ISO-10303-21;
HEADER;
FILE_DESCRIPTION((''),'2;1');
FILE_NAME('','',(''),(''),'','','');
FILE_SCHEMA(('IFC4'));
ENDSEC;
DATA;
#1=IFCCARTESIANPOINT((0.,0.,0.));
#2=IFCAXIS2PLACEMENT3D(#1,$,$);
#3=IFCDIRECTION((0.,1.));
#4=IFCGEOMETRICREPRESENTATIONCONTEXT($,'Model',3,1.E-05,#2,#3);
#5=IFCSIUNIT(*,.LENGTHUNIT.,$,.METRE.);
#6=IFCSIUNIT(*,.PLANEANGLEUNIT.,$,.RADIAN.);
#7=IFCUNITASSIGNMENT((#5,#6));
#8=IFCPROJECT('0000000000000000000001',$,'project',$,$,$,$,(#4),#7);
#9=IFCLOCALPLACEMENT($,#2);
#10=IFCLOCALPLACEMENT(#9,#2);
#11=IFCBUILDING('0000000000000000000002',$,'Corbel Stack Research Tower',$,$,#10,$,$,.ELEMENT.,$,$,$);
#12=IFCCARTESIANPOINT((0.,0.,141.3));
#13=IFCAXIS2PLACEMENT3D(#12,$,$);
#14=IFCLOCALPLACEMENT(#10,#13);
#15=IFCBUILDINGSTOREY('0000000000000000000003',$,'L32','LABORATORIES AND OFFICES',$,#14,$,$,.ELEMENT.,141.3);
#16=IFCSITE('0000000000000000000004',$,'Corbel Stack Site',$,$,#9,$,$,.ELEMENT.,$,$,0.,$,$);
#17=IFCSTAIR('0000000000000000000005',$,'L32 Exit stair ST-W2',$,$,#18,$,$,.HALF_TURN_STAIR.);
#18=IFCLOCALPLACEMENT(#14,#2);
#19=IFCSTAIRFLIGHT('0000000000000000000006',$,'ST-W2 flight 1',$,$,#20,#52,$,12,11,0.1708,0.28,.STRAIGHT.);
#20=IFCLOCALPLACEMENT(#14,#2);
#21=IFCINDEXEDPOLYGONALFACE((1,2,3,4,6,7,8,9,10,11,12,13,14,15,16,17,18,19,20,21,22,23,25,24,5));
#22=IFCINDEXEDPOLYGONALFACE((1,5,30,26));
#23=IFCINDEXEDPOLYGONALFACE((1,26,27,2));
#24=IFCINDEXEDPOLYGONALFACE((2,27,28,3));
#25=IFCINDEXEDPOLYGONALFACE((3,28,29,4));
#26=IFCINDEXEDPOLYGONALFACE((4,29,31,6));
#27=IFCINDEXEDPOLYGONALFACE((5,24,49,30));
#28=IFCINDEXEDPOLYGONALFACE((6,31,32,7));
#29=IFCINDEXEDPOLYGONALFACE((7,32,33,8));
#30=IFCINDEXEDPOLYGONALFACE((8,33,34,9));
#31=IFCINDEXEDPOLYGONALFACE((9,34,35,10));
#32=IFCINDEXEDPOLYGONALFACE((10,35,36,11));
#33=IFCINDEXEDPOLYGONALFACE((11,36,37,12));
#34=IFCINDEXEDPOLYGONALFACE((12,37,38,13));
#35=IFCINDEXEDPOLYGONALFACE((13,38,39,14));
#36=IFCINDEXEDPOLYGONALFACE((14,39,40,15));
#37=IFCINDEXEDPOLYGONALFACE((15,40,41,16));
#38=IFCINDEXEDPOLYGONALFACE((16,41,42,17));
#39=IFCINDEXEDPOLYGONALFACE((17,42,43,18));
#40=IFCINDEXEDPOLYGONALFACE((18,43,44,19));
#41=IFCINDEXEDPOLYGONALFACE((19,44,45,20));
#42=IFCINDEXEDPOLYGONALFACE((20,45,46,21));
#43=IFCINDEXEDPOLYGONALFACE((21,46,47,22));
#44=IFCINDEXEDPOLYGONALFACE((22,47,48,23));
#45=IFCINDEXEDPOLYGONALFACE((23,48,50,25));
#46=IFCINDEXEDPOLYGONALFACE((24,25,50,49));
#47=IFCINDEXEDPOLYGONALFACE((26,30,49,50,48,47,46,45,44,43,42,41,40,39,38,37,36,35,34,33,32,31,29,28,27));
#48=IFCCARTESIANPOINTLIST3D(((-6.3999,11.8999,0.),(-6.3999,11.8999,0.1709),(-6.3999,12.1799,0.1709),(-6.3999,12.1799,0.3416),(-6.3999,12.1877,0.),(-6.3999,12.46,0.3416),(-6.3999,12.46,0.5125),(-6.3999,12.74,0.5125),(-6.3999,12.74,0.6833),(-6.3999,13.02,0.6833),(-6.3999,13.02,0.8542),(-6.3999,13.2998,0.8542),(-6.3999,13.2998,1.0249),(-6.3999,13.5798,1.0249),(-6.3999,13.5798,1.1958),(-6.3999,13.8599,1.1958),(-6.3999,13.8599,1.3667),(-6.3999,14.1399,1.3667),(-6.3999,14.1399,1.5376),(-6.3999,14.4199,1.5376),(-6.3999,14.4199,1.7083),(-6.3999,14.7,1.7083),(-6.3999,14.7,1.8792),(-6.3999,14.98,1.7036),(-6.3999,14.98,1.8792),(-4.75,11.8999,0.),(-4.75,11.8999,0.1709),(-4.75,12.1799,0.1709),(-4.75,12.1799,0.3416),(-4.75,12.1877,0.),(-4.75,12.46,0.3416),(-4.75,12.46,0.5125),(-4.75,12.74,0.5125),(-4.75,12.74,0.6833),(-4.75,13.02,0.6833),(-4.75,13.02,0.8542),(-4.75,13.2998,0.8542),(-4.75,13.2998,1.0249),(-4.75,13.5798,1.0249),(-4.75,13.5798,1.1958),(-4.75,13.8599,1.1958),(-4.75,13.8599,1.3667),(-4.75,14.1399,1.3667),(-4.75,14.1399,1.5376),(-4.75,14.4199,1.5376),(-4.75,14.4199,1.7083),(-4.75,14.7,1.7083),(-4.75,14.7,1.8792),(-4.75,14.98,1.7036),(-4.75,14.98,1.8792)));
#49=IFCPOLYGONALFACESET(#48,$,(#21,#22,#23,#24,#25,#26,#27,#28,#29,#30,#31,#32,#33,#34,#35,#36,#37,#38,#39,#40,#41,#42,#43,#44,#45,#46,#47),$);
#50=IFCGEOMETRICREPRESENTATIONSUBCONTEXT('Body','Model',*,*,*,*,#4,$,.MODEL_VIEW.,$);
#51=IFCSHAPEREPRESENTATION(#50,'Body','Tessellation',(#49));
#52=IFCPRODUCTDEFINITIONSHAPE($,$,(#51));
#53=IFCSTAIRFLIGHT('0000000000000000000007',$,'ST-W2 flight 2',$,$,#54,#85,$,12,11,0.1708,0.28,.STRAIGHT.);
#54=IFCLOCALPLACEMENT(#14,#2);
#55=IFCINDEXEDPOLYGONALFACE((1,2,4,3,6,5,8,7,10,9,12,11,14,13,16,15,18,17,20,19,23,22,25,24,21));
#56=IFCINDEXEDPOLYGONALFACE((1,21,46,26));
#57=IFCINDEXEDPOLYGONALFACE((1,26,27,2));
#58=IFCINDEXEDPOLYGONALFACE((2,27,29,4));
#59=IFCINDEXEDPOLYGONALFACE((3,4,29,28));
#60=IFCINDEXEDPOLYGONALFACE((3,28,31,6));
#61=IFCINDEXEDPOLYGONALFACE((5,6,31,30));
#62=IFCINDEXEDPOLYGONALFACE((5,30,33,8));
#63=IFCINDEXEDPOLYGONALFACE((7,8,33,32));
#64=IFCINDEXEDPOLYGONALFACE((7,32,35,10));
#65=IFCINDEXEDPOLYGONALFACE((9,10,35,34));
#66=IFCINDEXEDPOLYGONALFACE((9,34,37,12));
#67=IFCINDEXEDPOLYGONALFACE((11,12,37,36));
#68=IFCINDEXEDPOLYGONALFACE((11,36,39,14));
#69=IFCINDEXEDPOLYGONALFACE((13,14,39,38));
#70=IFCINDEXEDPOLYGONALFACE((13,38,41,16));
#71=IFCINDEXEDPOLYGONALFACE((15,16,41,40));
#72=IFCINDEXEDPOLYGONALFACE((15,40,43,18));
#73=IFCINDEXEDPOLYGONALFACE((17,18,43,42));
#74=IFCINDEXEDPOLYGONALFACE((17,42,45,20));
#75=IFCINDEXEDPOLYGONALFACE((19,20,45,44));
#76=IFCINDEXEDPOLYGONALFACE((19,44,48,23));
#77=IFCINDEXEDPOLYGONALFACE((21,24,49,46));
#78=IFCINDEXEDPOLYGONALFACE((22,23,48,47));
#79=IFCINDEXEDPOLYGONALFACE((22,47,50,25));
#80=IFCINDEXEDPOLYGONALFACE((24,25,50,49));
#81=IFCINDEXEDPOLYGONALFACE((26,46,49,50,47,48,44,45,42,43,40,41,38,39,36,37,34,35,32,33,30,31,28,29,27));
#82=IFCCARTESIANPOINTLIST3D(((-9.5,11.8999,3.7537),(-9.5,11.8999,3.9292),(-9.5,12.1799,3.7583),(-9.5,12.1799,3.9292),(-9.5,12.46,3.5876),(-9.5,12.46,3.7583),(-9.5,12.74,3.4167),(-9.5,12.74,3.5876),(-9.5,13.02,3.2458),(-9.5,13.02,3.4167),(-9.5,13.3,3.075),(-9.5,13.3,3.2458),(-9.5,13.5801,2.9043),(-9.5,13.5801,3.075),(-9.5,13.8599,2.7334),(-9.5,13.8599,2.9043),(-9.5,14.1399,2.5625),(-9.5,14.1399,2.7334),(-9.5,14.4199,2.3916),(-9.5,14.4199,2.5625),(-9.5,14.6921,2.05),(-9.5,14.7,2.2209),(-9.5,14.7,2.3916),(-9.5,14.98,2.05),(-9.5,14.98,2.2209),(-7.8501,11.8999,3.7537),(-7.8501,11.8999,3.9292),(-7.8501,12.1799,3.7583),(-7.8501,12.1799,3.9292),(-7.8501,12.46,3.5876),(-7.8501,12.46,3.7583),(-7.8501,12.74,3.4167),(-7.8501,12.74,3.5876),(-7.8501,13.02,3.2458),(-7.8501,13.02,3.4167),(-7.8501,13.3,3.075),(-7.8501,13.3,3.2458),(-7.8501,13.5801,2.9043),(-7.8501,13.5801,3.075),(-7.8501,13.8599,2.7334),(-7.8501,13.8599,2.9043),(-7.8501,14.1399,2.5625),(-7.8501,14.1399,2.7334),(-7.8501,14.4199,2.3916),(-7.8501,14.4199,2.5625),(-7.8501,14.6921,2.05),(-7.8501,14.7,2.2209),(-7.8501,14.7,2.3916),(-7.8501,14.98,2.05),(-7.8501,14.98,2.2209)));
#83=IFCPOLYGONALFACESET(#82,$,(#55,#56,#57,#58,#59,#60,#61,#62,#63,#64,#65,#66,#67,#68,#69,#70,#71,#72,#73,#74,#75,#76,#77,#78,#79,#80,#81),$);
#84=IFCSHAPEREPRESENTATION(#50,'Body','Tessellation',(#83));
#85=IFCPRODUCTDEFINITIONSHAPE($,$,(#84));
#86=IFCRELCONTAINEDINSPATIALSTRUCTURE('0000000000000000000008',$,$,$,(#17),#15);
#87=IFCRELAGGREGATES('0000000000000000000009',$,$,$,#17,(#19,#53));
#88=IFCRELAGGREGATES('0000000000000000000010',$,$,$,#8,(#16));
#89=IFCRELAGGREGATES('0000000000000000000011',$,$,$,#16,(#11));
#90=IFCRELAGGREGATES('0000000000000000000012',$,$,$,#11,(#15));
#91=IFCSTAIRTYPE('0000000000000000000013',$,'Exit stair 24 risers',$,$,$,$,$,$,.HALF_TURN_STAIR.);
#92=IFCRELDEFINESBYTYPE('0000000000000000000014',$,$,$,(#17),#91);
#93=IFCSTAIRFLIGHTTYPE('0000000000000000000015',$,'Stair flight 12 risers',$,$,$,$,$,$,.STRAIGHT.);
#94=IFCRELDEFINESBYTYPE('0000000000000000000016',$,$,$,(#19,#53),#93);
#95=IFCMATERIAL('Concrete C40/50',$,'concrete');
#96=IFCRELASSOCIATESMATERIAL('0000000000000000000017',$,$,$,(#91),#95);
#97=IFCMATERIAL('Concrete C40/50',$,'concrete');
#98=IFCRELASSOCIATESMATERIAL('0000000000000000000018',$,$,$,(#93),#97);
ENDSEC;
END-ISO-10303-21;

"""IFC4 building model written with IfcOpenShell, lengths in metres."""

from ifc_helpers import new_model, si_unit, direction, frame, origin, place, context, subcontext, project, spatial, polyline, outline, extrude, material, type_object, element, aggregate, save


model = new_model("IFC4")

# Units and contexts
model_context = context("Model", 3, precision=1e-05, world=origin(), true_north=direction((0.0, 1.0)))
body_context = subcontext(model_context, "Body", "Model", "MODEL_VIEW")
ifc_project = project(units=[si_unit("LENGTHUNIT", "METRE"), si_unit("PLANEANGLEUNIT", "RADIAN")], contexts=[model_context])

# Site, building, storey
site_placement = place(None, origin())
site = spatial("IfcSite", under=ifc_project, at=site_placement, Name="Corbel Stack Site", CompositionType="ELEMENT", RefElevation=0.0)
building_placement = place(site_placement, origin())
building = spatial("IfcBuilding", under=site, at=building_placement, Name="Corbel Stack Research Tower", CompositionType="ELEMENT")
storey_placement = place(building_placement, frame((0.0, 0.0, 141.3)))
storey = spatial("IfcBuildingStorey", under=building, at=storey_placement, Name="L32", Description="LABORATORIES AND OFFICES", CompositionType="ELEMENT", Elevation=141.3)

# Stair, stair flights
ifc_material_1 = material(Name="Concrete C40/50", Category="concrete")
stair_type = type_object("IfcStairType", Name="Exit stair 24 risers", PredefinedType="HALF_TURN_STAIR", material=ifc_material_1)
stair_placement = place(storey_placement, origin())
stair = element("IfcStair", 1, at=stair_placement, inside=storey, type_object=stair_type, Name="L32 Exit stair ST-W2", PredefinedType="HALF_TURN_STAIR")
ifc_material_2 = material(Name="Concrete C40/50", Category="concrete")
stair_flight_type = type_object("IfcStairFlightType", Name="Stair flight 12 risers", PredefinedType="STRAIGHT", material=ifc_material_2)
stair_flight_1_placement = place(storey_placement, frame((-5.575, 11.8999, 0.0), z_axis=(0.0, 0.0, 1.0), x_axis=(0.0, 1.0, 0.0)))
stair_flight_1 = element("IfcStairFlight", 2, at=stair_flight_1_placement, type_object=stair_flight_type, Name="ST-W2 flight 1", NumberOfRisers=12, NumberOfTreads=11, PredefinedType="STRAIGHT", RiserHeight=0.1708, TreadLength=0.28, context=body_context, shape_type="SweptSolid", body=[
    extrude(outline(polyline([(0.0, 0.0), (0.0, 0.1709), (0.28, 0.1709), (0.28, 0.3416), (0.5601, 0.3416), (0.5601, 0.5125), (0.8401, 0.5125), (0.8401, 0.6833), (1.1201, 0.6833), (1.1201, 0.8542), (1.3999, 0.8542), (1.3999, 1.0249), (1.6799, 1.0249), (1.6799, 1.1958), (1.96, 1.1958), (1.96, 1.3667), (2.24, 1.3667), (2.24, 1.5376), (2.52, 1.5376), (2.52, 1.7083), (2.8, 1.7083), (2.8, 1.8792), (3.0801, 1.8792), (3.0801, 2.05), (3.0801, 1.7036), (0.2878, 0.0), (0.0, 0.0)])), frame((0.0, 0.825, 0.0), z_axis=(0.0, -1.0, 0.0), x_axis=(1.0, 0.0, 0.0)), (0.0, 0.0, 1.0), 1.6499),
])
stair_flight_2_placement = place(storey_placement, frame((-8.675, 14.98, 2.05), z_axis=(0.0, 0.0, 1.0), x_axis=(0.0, -1.0, 0.0)))
stair_flight_2 = element("IfcStairFlight", 3, at=stair_flight_2_placement, type_object=stair_flight_type, Name="ST-W2 flight 2", NumberOfRisers=12, NumberOfTreads=11, PredefinedType="STRAIGHT", RiserHeight=0.1708, TreadLength=0.28, context=body_context, shape_type="SweptSolid", body=[
    extrude(outline(polyline([(0.0, 0.0), (0.0, 0.1709), (0.28, 0.1709), (0.28, 0.3416), (0.5601, 0.3416), (0.5601, 0.5125), (0.8401, 0.5125), (0.8401, 0.6833), (1.1201, 0.6833), (1.1201, 0.8542), (1.3999, 0.8542), (1.3999, 1.0249), (1.6799, 1.0249), (1.6799, 1.1958), (1.96, 1.1958), (1.96, 1.3667), (2.24, 1.3667), (2.24, 1.5376), (2.52, 1.5376), (2.52, 1.7083), (2.8, 1.7083), (2.8, 1.8792), (3.0801, 1.8792), (3.0801, 2.05), (3.0801, 1.7036), (0.2878, 0.0), (0.0, 0.0)])), frame((0.0, 0.825, 0.0), z_axis=(0.0, -1.0, 0.0), x_axis=(1.0, 0.0, 0.0)), (0.0, 0.0, 1.0), 1.6499),
])
aggregate(stair, [stair_flight_1, stair_flight_2])

save(model, "model.ifc")
